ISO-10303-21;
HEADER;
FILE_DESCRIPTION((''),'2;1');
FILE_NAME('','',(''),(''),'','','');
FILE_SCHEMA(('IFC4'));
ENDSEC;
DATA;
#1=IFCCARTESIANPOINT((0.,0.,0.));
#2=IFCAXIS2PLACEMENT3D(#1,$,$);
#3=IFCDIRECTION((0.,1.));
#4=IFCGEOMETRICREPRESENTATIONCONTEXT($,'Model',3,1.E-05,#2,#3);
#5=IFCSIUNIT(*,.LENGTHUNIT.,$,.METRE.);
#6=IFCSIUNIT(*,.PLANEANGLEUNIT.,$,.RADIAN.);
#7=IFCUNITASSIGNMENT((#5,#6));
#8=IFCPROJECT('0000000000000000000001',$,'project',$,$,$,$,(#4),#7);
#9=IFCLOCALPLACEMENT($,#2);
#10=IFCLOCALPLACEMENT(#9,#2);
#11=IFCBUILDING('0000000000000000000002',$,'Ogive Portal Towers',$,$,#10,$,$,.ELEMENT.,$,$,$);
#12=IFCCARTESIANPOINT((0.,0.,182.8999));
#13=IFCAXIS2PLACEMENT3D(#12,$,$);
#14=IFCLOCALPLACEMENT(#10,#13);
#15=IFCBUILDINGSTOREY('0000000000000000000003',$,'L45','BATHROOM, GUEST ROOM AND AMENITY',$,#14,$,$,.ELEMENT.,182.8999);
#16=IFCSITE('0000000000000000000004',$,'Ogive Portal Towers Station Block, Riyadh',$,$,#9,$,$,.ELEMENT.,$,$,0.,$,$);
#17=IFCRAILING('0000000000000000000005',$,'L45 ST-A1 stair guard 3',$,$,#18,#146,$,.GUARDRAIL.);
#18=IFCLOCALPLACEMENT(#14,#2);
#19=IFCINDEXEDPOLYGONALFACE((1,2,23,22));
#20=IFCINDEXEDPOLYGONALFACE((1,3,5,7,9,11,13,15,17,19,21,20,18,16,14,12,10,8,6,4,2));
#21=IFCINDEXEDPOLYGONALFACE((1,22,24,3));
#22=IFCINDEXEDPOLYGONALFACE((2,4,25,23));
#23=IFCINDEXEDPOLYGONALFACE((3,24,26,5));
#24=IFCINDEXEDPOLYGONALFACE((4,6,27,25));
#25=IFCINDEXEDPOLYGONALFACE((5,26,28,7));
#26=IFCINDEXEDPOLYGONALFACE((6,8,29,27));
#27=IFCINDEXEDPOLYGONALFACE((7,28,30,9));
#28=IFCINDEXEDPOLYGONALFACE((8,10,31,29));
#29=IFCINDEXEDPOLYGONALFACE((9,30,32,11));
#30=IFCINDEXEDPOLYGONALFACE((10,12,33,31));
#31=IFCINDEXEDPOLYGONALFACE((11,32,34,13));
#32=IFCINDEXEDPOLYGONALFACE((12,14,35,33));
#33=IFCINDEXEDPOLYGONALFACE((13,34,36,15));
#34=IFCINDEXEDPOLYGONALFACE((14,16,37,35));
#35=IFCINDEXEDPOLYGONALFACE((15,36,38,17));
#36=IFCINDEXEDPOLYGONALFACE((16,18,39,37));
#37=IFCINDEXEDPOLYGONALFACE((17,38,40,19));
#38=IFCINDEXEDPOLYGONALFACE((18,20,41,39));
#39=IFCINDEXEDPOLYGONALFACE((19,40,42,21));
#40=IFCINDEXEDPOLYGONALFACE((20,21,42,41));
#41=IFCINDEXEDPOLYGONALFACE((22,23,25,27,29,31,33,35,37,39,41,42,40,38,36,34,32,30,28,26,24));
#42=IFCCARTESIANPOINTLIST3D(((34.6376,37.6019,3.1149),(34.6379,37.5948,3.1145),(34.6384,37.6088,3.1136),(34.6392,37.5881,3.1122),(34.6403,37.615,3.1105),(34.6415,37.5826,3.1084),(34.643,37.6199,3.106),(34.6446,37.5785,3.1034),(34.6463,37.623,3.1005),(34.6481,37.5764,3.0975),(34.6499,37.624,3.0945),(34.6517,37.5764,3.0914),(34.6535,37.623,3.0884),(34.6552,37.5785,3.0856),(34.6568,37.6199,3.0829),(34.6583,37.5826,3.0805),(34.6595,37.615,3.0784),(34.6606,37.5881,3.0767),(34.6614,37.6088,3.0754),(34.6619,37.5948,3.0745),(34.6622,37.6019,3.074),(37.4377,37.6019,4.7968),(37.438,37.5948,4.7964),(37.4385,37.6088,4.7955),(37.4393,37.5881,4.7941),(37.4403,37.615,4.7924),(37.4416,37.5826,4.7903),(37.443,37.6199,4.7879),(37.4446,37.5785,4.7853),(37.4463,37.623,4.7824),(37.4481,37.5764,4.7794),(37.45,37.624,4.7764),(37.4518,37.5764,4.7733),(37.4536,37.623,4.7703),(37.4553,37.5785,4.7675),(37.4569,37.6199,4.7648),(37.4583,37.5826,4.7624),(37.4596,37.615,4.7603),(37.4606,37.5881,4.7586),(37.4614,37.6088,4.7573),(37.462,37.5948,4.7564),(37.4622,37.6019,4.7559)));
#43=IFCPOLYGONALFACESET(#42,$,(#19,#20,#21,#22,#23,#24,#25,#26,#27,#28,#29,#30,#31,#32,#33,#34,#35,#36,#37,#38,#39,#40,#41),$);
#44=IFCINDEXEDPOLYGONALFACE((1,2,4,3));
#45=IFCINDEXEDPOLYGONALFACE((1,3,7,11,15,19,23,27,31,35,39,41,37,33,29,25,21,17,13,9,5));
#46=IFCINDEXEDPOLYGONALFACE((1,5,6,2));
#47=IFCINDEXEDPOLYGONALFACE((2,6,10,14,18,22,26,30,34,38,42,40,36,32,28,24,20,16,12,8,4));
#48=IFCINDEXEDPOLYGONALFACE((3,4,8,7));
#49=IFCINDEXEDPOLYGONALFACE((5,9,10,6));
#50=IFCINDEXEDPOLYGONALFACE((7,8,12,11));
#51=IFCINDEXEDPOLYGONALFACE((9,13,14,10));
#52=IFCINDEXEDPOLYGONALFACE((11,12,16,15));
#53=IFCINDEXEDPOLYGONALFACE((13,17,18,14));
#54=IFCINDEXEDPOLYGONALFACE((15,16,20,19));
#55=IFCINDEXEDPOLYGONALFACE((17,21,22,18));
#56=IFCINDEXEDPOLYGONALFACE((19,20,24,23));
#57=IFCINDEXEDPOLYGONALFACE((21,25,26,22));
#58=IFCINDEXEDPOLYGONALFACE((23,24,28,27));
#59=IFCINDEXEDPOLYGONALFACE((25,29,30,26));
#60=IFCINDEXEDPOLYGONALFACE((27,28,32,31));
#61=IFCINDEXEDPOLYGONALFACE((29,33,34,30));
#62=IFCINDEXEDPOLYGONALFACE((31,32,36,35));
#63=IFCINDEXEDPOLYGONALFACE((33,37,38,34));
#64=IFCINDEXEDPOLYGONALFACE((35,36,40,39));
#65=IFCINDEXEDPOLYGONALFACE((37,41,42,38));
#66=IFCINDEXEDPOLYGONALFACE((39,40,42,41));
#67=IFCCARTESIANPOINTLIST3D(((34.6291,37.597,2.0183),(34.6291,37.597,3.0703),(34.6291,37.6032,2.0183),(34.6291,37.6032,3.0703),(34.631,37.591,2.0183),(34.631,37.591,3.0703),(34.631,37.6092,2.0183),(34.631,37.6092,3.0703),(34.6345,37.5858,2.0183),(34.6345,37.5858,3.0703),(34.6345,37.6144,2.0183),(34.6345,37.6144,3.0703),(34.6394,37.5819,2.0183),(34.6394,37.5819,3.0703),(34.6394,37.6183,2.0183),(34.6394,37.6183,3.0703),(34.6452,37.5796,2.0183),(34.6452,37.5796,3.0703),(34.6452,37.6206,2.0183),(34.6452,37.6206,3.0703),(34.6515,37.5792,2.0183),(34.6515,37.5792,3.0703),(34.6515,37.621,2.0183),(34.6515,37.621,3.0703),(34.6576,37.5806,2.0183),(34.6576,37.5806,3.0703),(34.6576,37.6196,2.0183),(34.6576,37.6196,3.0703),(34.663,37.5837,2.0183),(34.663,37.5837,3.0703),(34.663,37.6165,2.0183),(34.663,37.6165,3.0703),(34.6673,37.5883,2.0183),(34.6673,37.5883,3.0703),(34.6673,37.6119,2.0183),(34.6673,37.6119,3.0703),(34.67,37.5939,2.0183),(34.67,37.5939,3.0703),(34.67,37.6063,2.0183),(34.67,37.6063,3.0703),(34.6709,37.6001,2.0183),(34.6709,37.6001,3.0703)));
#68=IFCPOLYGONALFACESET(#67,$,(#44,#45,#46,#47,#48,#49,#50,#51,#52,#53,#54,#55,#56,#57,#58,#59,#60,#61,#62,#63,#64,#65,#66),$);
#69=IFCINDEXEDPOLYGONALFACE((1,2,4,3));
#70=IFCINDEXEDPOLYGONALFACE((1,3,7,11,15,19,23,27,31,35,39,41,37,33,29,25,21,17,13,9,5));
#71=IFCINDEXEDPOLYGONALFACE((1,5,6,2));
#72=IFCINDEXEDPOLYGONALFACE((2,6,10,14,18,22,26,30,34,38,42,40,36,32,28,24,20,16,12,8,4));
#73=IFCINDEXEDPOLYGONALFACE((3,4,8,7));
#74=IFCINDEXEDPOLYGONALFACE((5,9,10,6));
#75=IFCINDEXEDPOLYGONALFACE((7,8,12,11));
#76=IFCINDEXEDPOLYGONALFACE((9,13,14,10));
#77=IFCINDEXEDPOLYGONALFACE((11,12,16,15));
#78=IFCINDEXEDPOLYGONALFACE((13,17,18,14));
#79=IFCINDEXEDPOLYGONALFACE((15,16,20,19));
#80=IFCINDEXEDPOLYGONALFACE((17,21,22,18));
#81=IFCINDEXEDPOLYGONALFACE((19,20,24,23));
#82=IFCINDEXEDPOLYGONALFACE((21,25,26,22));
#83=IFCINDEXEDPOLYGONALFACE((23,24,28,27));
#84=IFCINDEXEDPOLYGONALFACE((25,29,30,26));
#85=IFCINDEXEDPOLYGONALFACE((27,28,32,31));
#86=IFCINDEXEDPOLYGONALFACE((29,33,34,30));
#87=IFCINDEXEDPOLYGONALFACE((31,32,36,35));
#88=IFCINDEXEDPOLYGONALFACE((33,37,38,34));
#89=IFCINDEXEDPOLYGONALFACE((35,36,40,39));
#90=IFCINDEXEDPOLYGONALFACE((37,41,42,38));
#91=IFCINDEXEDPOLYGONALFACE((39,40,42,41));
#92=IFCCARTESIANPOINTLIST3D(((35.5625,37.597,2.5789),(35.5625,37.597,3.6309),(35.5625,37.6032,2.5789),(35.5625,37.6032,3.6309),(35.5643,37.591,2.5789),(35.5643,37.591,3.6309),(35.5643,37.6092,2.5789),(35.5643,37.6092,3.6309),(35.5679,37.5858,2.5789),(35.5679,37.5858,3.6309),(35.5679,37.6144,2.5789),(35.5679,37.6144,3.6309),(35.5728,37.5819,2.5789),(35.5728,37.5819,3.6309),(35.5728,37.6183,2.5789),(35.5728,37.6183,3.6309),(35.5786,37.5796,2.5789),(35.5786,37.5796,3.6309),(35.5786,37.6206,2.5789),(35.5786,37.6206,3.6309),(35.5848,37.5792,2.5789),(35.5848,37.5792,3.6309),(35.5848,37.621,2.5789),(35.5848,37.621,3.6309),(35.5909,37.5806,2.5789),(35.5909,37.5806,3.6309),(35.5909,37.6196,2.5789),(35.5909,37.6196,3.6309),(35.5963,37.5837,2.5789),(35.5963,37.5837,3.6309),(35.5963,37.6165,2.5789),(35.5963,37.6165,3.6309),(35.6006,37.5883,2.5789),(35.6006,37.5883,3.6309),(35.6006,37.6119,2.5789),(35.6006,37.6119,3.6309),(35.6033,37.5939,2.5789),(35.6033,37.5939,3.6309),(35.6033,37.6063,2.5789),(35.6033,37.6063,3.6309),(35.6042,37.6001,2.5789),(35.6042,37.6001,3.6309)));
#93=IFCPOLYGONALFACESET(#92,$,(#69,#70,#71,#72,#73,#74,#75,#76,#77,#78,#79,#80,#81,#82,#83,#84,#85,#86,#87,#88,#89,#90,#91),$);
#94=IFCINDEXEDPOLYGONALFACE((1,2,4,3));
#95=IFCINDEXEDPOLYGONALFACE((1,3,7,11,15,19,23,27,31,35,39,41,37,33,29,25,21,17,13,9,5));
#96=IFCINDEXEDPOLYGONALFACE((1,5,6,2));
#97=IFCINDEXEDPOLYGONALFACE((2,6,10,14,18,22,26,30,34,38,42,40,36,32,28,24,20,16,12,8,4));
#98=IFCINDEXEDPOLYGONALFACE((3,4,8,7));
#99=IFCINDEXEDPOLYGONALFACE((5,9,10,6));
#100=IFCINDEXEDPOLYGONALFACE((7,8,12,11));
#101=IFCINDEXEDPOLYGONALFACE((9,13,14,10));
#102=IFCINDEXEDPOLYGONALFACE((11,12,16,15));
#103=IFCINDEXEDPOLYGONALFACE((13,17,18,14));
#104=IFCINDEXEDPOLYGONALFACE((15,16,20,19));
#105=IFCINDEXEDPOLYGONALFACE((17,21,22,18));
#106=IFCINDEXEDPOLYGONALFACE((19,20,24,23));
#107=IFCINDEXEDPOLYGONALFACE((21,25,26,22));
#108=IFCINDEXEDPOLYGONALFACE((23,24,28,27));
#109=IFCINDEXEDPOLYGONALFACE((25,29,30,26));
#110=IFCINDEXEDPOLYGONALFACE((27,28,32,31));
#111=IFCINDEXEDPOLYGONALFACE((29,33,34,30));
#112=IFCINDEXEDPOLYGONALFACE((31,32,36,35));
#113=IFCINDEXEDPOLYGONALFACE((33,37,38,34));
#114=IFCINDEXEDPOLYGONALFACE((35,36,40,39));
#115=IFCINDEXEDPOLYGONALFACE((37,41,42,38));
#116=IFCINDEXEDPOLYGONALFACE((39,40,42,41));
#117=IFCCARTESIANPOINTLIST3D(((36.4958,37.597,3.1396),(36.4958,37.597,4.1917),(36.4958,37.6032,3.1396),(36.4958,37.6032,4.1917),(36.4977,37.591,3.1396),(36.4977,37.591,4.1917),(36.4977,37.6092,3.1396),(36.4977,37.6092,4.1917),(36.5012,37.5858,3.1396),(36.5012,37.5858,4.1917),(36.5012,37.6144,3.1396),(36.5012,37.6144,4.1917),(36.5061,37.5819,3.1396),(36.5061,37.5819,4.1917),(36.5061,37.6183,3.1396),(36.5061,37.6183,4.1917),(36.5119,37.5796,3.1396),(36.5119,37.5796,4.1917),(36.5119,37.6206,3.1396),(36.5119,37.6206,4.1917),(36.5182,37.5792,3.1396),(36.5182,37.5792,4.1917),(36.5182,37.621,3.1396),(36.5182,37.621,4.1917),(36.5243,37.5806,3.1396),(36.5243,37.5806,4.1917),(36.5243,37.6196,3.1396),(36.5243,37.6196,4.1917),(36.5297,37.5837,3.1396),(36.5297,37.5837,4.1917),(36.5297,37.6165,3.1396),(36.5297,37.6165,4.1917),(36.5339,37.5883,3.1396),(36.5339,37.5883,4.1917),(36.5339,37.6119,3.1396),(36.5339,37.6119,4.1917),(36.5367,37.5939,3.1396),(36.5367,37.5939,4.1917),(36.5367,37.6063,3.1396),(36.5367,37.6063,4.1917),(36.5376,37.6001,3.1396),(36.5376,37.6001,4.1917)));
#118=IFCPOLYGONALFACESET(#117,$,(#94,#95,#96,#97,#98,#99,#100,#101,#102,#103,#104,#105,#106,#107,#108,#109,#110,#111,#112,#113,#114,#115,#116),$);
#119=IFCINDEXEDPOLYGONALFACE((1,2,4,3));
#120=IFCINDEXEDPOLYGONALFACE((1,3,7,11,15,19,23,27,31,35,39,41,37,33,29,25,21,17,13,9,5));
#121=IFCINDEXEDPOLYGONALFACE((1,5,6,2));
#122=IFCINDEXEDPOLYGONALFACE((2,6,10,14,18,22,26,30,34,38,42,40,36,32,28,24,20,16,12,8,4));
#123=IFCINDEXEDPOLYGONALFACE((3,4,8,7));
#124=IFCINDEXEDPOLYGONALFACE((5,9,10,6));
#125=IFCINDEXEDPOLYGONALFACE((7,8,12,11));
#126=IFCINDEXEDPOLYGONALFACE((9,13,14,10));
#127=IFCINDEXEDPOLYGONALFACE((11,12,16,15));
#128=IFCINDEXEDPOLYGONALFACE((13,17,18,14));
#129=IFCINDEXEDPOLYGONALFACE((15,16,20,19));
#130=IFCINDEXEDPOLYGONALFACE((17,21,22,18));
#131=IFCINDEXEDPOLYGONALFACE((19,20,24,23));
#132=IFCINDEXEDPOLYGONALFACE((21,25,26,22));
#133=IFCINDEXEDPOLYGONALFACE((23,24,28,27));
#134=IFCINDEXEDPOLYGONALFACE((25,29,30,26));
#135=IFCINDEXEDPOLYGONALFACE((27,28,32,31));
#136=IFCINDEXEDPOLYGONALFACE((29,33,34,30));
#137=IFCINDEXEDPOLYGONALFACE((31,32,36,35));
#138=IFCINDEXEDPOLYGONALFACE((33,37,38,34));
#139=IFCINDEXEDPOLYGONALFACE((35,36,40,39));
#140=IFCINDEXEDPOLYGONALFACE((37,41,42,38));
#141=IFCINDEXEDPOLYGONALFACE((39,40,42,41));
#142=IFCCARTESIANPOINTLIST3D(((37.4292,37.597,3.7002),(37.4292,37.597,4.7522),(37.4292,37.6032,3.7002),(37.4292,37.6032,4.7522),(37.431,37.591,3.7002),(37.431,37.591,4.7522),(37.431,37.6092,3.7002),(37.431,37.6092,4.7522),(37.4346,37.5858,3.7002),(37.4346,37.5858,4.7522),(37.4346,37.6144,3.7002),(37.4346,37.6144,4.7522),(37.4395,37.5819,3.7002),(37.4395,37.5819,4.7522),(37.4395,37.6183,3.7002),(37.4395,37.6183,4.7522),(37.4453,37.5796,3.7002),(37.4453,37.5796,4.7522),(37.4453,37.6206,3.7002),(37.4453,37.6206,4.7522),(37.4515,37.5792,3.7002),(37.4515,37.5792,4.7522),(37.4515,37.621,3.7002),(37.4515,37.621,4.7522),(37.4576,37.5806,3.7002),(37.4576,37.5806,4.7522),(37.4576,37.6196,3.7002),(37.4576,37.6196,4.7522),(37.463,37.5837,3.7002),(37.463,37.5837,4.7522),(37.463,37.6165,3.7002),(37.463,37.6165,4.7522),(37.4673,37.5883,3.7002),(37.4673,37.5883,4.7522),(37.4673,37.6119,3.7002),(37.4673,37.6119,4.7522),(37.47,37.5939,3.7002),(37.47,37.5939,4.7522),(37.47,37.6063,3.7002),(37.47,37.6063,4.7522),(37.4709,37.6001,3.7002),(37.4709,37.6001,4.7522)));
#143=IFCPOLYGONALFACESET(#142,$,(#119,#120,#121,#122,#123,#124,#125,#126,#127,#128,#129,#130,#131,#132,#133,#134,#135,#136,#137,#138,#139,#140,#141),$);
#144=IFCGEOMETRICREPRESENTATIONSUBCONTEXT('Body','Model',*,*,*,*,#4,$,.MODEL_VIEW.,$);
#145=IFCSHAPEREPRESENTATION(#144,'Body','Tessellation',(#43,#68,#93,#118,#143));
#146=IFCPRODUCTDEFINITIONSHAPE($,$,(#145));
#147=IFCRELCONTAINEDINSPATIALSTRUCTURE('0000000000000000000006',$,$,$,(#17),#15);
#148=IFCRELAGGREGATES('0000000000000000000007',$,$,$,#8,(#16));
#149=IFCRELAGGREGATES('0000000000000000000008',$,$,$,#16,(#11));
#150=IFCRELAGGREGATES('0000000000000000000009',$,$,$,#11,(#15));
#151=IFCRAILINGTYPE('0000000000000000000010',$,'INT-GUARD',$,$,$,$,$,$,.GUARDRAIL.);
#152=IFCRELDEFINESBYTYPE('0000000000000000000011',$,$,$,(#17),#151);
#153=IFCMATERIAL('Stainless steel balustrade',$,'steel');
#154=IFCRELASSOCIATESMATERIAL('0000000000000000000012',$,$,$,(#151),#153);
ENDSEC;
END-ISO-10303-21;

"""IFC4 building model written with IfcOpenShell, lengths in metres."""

from ifc_helpers import new_model, si_unit, direction, frame, origin, origin_2d, place, context, subcontext, project, spatial, circle, extrude, material, type_object, element, save


model = new_model("IFC4")

# Units and contexts
model_context = context("Model", 3, precision=1e-05, world=origin(), true_north=direction((0.0, 1.0)))
body_context = subcontext(model_context, "Body", "Model", "MODEL_VIEW")
ifc_project = project(units=[si_unit("LENGTHUNIT", "METRE"), si_unit("PLANEANGLEUNIT", "RADIAN")], contexts=[model_context])

# Site, building, storey
site_placement = place(None, origin())
site = spatial("IfcSite", under=ifc_project, at=site_placement, Name="Ogive Portal Towers Station Block, Riyadh", CompositionType="ELEMENT", RefElevation=0.0)
building_placement = place(site_placement, origin())
building = spatial("IfcBuilding", under=site, at=building_placement, Name="Ogive Portal Towers", CompositionType="ELEMENT")
storey_placement = place(building_placement, frame((0.0, 0.0, 182.8999)))
storey = spatial("IfcBuildingStorey", under=building, at=storey_placement, Name="L45", Description="BATHROOM, GUEST ROOM AND AMENITY", CompositionType="ELEMENT", Elevation=182.8999)

# Railing
ifc_material_1 = material(Name="Stainless steel balustrade", Category="steel")
railing_type_1 = type_object("IfcRailingType", Name="INT-GUARD", PredefinedType="GUARDRAIL", material=ifc_material_1)
railing_1_placement = place(storey_placement, frame((34.6499, 37.6001, 2.0183)))
element("IfcRailing", 1, at=railing_1_placement, inside=storey, type_object=railing_type_1, Name="L45 ST-A1 stair guard 3", PredefinedType="GUARDRAIL", context=body_context, shape_type="SweptSolid", body=[
    extrude(circle(Radius=0.0239, at=origin_2d()), frame((0.0, 0.0, 1.0762), z_axis=(0.857242, 0.0, 0.514913), x_axis=(0.0, 1.0, 0.0)), (0.0, 0.0, 1.0), 3.2664),
    extrude(circle(Radius=0.021, at=origin_2d()), origin(), (0.0, 0.0, 1.0), 1.052),
    extrude(circle(Radius=0.021, at=origin_2d()), frame((0.9333, 0.0, 0.5605)), (0.0, 0.0, 1.0), 1.052),
    extrude(circle(Radius=0.021, at=origin_2d()), frame((1.8667, 0.0, 1.1213)), (0.0, 0.0, 1.0), 1.052),
    extrude(circle(Radius=0.021, at=origin_2d()), frame((2.8, 0.0, 1.6819)), (0.0, 0.0, 1.0), 1.052),
])

save(model, "model.ifc")
